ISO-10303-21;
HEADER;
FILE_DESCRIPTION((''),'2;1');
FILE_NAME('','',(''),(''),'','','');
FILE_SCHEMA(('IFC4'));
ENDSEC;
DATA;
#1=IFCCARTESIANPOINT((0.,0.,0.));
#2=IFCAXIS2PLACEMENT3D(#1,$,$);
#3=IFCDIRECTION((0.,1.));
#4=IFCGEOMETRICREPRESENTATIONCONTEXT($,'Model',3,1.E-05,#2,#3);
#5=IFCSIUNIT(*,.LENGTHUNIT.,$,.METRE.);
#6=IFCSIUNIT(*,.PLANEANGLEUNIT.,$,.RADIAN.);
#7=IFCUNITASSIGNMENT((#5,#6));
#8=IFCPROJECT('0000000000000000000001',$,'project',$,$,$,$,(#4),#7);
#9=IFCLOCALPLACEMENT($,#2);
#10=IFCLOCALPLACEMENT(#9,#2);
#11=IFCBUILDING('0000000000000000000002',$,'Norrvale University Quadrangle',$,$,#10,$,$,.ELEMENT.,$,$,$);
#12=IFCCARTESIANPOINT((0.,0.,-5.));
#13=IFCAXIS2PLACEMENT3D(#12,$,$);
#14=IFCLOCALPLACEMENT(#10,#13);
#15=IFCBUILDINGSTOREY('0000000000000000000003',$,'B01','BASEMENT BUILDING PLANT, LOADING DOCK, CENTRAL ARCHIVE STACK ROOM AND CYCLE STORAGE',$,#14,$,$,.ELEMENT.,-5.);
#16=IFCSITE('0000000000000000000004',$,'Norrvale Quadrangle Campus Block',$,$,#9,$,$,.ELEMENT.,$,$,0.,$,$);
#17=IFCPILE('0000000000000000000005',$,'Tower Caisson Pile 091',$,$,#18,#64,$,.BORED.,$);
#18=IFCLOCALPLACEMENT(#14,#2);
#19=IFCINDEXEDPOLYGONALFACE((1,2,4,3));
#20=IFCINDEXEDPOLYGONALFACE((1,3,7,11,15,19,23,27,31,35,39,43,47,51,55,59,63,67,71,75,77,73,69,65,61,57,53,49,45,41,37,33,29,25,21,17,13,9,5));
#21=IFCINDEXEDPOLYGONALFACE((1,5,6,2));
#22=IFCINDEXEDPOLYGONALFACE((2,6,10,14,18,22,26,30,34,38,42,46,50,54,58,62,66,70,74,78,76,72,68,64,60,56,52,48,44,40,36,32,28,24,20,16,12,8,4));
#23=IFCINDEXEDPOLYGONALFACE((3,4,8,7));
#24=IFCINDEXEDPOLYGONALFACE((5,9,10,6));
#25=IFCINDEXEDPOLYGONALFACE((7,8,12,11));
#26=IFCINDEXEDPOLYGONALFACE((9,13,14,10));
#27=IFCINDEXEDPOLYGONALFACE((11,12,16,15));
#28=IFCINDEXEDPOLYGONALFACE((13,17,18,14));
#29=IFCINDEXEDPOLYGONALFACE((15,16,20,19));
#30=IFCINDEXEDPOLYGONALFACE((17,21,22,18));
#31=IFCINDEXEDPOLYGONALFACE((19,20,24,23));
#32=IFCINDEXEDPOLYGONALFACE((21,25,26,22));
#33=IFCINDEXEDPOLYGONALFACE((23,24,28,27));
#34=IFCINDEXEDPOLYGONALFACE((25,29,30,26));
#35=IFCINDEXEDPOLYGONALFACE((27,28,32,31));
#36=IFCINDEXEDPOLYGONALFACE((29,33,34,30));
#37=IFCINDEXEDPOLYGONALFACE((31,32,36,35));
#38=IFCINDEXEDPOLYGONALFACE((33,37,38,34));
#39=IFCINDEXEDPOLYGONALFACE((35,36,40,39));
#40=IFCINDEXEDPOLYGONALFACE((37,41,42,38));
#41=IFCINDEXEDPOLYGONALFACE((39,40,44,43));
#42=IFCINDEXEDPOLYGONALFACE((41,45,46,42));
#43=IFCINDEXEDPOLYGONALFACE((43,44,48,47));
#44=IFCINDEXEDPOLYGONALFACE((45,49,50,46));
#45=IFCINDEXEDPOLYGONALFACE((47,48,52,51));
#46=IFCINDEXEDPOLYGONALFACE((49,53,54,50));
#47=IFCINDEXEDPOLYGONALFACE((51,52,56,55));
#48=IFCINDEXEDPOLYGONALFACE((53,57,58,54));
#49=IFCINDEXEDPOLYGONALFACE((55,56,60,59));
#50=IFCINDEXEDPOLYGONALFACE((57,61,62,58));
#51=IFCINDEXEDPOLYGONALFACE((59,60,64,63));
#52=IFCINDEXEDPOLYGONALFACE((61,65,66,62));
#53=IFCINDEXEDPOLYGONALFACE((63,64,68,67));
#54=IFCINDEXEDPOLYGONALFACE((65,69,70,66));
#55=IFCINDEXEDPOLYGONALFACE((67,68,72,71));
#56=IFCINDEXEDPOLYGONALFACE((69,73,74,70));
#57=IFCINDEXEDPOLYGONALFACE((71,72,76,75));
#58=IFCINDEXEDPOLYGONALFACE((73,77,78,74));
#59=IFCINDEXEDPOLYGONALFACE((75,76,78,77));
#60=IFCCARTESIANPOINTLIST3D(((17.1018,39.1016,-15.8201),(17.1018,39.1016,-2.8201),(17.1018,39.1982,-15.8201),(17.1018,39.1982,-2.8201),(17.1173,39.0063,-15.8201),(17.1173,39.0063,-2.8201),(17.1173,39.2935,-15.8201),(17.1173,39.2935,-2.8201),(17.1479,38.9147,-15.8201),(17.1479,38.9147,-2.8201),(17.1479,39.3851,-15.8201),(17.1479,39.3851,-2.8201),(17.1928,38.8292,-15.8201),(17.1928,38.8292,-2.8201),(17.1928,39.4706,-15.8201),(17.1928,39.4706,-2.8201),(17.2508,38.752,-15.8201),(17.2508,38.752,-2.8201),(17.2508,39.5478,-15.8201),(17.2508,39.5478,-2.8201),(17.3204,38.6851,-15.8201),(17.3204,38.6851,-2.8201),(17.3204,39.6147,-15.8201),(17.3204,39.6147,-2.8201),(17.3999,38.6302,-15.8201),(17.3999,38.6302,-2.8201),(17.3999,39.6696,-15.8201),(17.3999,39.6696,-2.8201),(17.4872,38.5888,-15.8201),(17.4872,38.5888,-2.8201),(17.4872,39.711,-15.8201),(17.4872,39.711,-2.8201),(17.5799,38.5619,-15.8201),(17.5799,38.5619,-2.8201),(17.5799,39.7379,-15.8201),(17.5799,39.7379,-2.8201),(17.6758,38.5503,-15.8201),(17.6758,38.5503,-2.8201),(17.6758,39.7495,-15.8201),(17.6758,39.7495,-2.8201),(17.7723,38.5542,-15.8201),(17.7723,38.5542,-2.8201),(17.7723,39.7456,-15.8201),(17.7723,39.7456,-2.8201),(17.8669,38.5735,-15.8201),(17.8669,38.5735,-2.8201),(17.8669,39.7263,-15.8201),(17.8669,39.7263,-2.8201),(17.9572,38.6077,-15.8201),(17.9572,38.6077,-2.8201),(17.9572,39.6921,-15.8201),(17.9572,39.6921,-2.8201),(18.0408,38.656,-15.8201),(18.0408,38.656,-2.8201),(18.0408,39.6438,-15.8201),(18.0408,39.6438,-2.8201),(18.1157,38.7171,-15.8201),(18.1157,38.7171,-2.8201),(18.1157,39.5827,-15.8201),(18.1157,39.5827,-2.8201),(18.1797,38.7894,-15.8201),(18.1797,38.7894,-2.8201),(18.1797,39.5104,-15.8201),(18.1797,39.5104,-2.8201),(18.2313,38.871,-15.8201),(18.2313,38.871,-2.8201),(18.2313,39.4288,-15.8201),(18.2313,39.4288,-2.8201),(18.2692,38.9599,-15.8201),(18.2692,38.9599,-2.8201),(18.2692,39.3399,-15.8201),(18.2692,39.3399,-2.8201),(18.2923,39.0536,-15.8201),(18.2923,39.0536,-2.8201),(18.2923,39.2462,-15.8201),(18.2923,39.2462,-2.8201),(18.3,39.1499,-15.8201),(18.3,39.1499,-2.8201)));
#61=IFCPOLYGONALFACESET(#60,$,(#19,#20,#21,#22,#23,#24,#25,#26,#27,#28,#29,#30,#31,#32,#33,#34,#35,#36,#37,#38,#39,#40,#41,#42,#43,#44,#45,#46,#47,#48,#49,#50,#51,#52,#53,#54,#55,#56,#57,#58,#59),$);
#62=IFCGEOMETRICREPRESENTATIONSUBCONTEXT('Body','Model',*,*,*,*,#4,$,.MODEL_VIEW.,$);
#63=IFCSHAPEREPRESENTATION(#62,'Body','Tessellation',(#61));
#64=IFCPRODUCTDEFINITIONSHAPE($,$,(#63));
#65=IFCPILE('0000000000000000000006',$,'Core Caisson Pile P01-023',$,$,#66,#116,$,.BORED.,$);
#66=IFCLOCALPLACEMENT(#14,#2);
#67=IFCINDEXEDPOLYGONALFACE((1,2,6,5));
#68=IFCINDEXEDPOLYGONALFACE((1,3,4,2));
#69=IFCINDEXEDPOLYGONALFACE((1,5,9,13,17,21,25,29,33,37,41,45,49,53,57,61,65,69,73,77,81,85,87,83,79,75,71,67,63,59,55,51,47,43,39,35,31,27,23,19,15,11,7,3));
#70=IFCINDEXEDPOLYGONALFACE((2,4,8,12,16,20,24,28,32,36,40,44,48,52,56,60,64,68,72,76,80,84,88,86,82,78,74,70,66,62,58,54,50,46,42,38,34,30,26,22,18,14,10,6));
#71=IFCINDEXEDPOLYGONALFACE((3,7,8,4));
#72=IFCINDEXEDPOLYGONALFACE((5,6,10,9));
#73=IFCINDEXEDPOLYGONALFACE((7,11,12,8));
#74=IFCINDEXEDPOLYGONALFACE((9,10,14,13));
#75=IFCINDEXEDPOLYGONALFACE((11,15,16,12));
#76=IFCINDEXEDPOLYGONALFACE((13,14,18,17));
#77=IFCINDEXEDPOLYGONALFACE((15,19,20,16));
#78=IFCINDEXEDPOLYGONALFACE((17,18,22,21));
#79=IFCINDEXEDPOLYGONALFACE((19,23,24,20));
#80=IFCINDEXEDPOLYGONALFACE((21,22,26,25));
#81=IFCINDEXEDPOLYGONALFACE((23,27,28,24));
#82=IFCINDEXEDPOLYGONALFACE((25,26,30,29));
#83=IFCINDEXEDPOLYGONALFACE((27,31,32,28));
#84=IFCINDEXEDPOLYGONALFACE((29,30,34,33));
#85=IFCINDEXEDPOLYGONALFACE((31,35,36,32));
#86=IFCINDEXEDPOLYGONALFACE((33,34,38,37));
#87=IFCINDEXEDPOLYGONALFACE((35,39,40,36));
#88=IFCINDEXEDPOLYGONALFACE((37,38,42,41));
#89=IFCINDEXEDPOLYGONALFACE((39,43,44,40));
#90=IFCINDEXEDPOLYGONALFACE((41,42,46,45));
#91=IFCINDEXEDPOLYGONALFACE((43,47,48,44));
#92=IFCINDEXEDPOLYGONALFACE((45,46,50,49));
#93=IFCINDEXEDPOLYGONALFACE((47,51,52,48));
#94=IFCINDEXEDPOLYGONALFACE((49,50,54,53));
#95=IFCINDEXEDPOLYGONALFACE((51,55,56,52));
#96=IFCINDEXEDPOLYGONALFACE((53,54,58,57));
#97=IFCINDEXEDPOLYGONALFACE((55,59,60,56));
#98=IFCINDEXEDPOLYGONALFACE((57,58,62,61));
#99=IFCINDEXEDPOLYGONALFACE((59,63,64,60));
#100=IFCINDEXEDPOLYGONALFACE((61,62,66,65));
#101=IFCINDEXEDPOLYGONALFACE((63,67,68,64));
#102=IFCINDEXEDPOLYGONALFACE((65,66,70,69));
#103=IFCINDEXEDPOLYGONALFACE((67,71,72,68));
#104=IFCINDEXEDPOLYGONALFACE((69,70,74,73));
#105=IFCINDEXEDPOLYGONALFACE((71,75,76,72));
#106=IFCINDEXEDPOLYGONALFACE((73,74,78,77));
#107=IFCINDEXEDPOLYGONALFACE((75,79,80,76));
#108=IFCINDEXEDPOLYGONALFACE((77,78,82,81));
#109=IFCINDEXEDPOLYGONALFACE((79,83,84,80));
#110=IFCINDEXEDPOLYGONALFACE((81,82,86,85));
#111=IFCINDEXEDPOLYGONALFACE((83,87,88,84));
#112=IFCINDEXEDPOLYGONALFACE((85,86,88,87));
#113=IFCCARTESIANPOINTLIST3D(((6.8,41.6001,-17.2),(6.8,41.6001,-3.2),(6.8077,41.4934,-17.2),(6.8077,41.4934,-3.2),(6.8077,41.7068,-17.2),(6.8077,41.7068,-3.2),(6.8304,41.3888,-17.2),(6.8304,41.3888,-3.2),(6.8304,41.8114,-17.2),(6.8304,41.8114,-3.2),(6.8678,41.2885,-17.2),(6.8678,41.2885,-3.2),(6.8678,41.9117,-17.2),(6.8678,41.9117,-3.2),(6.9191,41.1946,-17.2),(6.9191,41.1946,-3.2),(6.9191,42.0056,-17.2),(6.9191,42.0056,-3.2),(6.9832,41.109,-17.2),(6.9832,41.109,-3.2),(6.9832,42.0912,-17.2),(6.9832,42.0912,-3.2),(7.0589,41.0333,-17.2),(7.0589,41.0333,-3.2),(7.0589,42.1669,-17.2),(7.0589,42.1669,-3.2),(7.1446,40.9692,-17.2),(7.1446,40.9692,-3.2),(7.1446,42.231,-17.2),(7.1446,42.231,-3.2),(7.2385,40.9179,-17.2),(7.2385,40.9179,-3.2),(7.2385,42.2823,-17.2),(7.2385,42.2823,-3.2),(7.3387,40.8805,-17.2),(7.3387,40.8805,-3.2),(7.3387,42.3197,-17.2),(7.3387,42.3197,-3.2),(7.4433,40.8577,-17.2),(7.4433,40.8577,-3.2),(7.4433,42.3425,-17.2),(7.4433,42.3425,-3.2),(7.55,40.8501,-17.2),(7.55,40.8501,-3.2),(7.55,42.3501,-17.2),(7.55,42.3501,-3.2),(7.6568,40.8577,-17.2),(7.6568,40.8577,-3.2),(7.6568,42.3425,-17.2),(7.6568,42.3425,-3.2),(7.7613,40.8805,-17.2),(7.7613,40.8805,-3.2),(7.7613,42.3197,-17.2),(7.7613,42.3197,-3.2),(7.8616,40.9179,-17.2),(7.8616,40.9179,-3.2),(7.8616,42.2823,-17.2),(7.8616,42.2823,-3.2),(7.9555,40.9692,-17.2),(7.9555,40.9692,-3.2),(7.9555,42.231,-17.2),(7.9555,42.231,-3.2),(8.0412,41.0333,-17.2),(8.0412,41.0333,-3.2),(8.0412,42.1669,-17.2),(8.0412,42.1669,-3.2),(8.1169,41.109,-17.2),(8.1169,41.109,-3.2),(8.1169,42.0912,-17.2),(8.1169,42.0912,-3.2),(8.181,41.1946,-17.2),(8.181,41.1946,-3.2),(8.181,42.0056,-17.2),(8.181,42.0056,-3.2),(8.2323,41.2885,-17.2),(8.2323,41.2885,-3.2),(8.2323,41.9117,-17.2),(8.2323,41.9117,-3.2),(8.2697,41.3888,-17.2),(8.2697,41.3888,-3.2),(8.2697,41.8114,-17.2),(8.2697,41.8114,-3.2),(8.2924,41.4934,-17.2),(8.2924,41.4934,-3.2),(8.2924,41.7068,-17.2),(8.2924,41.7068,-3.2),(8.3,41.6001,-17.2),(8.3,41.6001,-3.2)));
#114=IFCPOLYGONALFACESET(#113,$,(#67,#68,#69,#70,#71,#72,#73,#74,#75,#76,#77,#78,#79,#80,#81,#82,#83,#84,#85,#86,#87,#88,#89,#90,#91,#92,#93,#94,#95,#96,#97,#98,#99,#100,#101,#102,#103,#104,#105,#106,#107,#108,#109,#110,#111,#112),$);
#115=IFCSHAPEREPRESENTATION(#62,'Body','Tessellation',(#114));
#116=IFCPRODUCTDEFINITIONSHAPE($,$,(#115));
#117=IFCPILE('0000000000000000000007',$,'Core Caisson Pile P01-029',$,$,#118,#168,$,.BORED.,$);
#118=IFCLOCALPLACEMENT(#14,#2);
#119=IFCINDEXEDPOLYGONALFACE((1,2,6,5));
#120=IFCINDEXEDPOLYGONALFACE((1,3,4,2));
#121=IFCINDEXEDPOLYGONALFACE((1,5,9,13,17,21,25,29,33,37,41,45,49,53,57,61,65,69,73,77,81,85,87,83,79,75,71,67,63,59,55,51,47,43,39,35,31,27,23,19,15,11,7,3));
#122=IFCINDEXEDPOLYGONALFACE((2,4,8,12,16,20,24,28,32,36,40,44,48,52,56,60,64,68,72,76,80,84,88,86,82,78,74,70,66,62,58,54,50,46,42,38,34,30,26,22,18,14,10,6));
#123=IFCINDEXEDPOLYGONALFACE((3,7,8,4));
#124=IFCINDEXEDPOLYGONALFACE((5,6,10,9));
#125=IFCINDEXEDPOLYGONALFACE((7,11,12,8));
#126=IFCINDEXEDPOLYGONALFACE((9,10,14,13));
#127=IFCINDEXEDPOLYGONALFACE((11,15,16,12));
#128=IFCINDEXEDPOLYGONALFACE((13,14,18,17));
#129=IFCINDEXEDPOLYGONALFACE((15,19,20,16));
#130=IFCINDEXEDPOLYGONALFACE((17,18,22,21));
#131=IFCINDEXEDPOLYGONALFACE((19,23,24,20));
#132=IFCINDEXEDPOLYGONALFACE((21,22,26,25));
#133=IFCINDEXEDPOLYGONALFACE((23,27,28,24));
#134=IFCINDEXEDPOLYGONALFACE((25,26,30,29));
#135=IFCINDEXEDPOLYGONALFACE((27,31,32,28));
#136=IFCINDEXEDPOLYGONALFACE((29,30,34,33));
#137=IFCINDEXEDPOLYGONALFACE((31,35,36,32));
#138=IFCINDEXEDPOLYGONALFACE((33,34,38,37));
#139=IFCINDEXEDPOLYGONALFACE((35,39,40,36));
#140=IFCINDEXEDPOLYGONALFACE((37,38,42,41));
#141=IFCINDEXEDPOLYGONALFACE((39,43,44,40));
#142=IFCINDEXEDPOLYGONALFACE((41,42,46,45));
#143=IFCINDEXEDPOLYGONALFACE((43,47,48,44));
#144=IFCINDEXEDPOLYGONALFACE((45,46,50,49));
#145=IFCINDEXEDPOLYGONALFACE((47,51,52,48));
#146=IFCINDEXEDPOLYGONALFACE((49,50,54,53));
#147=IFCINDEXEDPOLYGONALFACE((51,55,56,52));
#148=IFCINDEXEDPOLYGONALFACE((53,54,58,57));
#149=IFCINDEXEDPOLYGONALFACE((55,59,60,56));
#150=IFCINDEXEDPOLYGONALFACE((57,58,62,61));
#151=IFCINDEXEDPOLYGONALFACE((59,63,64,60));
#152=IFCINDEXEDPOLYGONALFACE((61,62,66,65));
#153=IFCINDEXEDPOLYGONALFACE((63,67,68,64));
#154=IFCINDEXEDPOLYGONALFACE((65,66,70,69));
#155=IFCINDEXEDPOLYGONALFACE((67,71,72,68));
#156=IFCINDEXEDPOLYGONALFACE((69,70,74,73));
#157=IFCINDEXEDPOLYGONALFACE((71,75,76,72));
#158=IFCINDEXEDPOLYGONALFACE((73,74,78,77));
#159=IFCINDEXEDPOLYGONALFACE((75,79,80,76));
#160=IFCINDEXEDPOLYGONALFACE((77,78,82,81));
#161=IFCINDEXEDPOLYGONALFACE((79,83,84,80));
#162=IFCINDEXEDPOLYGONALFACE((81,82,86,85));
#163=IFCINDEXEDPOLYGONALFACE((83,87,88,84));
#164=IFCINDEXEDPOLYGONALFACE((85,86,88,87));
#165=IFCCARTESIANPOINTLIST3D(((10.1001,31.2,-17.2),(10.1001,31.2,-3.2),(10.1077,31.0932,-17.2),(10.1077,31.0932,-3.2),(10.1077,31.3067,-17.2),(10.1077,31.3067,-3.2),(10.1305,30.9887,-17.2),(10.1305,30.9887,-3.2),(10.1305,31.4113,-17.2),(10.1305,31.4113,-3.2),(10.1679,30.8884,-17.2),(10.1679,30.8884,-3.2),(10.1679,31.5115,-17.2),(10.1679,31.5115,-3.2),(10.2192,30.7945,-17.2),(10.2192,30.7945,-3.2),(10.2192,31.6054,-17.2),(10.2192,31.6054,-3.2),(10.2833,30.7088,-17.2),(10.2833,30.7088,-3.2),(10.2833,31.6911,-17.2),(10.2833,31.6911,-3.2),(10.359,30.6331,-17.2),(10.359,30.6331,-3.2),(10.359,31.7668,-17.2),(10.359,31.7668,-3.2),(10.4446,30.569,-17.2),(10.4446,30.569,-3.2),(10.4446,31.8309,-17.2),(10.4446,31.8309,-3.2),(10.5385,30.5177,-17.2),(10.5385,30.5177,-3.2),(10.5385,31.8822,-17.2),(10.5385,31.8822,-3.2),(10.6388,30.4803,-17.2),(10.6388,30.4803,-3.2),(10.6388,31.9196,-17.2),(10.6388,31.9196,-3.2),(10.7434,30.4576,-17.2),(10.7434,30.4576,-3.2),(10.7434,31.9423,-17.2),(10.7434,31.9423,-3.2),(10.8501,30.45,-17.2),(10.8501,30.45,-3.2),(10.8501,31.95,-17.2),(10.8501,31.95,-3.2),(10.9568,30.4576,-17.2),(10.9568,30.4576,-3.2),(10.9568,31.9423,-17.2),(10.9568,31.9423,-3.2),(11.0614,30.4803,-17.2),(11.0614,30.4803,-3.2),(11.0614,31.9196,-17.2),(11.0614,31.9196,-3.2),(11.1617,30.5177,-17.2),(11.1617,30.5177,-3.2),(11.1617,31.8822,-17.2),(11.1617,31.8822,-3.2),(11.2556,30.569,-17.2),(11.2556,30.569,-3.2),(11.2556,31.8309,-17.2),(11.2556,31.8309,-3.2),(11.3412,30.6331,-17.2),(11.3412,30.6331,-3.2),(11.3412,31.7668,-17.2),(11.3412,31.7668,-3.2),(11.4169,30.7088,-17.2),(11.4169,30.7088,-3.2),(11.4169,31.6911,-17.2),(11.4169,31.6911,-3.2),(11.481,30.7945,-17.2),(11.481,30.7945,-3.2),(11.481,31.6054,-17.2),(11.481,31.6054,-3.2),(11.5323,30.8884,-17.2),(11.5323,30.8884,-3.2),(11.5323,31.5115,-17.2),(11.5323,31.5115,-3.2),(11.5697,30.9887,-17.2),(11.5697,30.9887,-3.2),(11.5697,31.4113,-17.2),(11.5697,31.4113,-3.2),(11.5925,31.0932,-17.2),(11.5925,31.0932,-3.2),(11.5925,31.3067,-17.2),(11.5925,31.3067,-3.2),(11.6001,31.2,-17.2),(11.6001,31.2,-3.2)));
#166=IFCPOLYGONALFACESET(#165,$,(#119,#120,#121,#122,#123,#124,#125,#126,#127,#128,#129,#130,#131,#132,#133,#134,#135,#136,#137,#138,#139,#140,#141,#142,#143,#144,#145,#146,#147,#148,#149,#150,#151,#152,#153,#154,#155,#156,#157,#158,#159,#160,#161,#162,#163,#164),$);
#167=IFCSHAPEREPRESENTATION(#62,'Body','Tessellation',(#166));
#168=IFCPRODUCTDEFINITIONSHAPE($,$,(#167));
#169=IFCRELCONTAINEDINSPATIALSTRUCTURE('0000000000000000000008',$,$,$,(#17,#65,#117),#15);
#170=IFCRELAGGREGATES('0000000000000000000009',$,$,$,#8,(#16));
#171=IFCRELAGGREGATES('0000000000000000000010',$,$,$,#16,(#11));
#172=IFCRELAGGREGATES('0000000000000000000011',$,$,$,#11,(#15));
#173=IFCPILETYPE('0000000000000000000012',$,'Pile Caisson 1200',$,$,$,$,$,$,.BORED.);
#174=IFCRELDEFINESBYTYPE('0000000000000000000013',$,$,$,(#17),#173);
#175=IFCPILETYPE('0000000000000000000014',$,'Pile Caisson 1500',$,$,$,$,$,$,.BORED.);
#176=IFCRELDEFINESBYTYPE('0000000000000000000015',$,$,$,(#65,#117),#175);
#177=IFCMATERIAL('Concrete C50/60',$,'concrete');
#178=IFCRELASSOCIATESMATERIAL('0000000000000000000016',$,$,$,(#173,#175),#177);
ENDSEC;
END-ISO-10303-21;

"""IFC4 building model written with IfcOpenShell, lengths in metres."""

from ifc_helpers import new_model, si_unit, direction, frame, origin, origin_2d, place, context, subcontext, project, spatial, circle, extrude, material, material_profile, profile_set, type_object, element, save


model = new_model("IFC4")

# Units and contexts
model_context = context("Model", 3, precision=1e-05, world=origin(), true_north=direction((0.0, 1.0)))
body_context = subcontext(model_context, "Body", "Model", "MODEL_VIEW")
ifc_project = project(units=[si_unit("LENGTHUNIT", "METRE"), si_unit("PLANEANGLEUNIT", "RADIAN")], contexts=[model_context])

# Site, building, storey
site_placement = place(None, origin())
site = spatial("IfcSite", under=ifc_project, at=site_placement, Name="Norrvale Quadrangle Campus Block", CompositionType="ELEMENT", RefElevation=0.0)
building_placement = place(site_placement, origin())
building = spatial("IfcBuilding", under=site, at=building_placement, Name="Norrvale University Quadrangle", CompositionType="ELEMENT")
storey_placement = place(building_placement, frame((0.0, 0.0, -5.0)))
storey = spatial("IfcBuildingStorey", under=building, at=storey_placement, Name="B01", Description="BASEMENT BUILDING PLANT, LOADING DOCK, CENTRAL ARCHIVE STACK ROOM AND CYCLE STORAGE", CompositionType="ELEMENT", Elevation=-5.0)

# Shared definitions
ifc_material_1 = material(Name="Concrete C50/60", Category="concrete")

# Piles
ifc_material_profile_1 = material_profile(ifc_material_1, circle(Radius=0.6001, at=origin_2d()), Name="Concrete C50/60")
ifc_profile_set_1 = profile_set([ifc_material_profile_1], Name="Concrete C50/60")
pile_type_1 = type_object("IfcPileType", Name="Pile Caisson 1200", PredefinedType="BORED", material=ifc_profile_set_1)
for number, where, z_axis, x_axis, name in (
    (1, (17.7, 39.1499, -2.8201), (0.0, 0.0, -1.0), (1.0, 0.0, 0.0), "Tower Caisson Pile 091"),
):
    element("IfcPile", number, at=place(storey_placement, frame(where, z_axis=z_axis, x_axis=x_axis)), inside=storey, type_object=pile_type_1, Name=name, PredefinedType="BORED", context=body_context, shape_type="SweptSolid", body=[
        extrude(circle(Radius=0.6001, at=origin_2d()), origin(), (0.0, 0.0, 1.0), 13.0),
    ])
ifc_material_profile_2 = material_profile(ifc_material_1, circle(Radius=0.75, at=origin_2d()), Name="Concrete C50/60")
ifc_profile_set_2 = profile_set([ifc_material_profile_2], Name="Concrete C50/60")
pile_type_2 = type_object("IfcPileType", Name="Pile Caisson 1500", PredefinedType="BORED", material=ifc_profile_set_2)
for number, where, z_axis, x_axis, name in (
    (2, (7.55, 41.6001, -3.2), (0.0, 0.0, -1.0), (1.0, 0.0, 0.0), "Core Caisson Pile P01-023"),
    (3, (10.8501, 31.2, -3.2), (0.0, 0.0, -1.0), (1.0, 0.0, 0.0), "Core Caisson Pile P01-029"),
):
    element("IfcPile", number, at=place(storey_placement, frame(where, z_axis=z_axis, x_axis=x_axis)), inside=storey, type_object=pile_type_2, Name=name, PredefinedType="BORED", context=body_context, shape_type="SweptSolid", body=[
        extrude(circle(Radius=0.75, at=origin_2d()), origin(), (0.0, 0.0, 1.0), 14.0),
    ])

save(model, "model.ifc")
